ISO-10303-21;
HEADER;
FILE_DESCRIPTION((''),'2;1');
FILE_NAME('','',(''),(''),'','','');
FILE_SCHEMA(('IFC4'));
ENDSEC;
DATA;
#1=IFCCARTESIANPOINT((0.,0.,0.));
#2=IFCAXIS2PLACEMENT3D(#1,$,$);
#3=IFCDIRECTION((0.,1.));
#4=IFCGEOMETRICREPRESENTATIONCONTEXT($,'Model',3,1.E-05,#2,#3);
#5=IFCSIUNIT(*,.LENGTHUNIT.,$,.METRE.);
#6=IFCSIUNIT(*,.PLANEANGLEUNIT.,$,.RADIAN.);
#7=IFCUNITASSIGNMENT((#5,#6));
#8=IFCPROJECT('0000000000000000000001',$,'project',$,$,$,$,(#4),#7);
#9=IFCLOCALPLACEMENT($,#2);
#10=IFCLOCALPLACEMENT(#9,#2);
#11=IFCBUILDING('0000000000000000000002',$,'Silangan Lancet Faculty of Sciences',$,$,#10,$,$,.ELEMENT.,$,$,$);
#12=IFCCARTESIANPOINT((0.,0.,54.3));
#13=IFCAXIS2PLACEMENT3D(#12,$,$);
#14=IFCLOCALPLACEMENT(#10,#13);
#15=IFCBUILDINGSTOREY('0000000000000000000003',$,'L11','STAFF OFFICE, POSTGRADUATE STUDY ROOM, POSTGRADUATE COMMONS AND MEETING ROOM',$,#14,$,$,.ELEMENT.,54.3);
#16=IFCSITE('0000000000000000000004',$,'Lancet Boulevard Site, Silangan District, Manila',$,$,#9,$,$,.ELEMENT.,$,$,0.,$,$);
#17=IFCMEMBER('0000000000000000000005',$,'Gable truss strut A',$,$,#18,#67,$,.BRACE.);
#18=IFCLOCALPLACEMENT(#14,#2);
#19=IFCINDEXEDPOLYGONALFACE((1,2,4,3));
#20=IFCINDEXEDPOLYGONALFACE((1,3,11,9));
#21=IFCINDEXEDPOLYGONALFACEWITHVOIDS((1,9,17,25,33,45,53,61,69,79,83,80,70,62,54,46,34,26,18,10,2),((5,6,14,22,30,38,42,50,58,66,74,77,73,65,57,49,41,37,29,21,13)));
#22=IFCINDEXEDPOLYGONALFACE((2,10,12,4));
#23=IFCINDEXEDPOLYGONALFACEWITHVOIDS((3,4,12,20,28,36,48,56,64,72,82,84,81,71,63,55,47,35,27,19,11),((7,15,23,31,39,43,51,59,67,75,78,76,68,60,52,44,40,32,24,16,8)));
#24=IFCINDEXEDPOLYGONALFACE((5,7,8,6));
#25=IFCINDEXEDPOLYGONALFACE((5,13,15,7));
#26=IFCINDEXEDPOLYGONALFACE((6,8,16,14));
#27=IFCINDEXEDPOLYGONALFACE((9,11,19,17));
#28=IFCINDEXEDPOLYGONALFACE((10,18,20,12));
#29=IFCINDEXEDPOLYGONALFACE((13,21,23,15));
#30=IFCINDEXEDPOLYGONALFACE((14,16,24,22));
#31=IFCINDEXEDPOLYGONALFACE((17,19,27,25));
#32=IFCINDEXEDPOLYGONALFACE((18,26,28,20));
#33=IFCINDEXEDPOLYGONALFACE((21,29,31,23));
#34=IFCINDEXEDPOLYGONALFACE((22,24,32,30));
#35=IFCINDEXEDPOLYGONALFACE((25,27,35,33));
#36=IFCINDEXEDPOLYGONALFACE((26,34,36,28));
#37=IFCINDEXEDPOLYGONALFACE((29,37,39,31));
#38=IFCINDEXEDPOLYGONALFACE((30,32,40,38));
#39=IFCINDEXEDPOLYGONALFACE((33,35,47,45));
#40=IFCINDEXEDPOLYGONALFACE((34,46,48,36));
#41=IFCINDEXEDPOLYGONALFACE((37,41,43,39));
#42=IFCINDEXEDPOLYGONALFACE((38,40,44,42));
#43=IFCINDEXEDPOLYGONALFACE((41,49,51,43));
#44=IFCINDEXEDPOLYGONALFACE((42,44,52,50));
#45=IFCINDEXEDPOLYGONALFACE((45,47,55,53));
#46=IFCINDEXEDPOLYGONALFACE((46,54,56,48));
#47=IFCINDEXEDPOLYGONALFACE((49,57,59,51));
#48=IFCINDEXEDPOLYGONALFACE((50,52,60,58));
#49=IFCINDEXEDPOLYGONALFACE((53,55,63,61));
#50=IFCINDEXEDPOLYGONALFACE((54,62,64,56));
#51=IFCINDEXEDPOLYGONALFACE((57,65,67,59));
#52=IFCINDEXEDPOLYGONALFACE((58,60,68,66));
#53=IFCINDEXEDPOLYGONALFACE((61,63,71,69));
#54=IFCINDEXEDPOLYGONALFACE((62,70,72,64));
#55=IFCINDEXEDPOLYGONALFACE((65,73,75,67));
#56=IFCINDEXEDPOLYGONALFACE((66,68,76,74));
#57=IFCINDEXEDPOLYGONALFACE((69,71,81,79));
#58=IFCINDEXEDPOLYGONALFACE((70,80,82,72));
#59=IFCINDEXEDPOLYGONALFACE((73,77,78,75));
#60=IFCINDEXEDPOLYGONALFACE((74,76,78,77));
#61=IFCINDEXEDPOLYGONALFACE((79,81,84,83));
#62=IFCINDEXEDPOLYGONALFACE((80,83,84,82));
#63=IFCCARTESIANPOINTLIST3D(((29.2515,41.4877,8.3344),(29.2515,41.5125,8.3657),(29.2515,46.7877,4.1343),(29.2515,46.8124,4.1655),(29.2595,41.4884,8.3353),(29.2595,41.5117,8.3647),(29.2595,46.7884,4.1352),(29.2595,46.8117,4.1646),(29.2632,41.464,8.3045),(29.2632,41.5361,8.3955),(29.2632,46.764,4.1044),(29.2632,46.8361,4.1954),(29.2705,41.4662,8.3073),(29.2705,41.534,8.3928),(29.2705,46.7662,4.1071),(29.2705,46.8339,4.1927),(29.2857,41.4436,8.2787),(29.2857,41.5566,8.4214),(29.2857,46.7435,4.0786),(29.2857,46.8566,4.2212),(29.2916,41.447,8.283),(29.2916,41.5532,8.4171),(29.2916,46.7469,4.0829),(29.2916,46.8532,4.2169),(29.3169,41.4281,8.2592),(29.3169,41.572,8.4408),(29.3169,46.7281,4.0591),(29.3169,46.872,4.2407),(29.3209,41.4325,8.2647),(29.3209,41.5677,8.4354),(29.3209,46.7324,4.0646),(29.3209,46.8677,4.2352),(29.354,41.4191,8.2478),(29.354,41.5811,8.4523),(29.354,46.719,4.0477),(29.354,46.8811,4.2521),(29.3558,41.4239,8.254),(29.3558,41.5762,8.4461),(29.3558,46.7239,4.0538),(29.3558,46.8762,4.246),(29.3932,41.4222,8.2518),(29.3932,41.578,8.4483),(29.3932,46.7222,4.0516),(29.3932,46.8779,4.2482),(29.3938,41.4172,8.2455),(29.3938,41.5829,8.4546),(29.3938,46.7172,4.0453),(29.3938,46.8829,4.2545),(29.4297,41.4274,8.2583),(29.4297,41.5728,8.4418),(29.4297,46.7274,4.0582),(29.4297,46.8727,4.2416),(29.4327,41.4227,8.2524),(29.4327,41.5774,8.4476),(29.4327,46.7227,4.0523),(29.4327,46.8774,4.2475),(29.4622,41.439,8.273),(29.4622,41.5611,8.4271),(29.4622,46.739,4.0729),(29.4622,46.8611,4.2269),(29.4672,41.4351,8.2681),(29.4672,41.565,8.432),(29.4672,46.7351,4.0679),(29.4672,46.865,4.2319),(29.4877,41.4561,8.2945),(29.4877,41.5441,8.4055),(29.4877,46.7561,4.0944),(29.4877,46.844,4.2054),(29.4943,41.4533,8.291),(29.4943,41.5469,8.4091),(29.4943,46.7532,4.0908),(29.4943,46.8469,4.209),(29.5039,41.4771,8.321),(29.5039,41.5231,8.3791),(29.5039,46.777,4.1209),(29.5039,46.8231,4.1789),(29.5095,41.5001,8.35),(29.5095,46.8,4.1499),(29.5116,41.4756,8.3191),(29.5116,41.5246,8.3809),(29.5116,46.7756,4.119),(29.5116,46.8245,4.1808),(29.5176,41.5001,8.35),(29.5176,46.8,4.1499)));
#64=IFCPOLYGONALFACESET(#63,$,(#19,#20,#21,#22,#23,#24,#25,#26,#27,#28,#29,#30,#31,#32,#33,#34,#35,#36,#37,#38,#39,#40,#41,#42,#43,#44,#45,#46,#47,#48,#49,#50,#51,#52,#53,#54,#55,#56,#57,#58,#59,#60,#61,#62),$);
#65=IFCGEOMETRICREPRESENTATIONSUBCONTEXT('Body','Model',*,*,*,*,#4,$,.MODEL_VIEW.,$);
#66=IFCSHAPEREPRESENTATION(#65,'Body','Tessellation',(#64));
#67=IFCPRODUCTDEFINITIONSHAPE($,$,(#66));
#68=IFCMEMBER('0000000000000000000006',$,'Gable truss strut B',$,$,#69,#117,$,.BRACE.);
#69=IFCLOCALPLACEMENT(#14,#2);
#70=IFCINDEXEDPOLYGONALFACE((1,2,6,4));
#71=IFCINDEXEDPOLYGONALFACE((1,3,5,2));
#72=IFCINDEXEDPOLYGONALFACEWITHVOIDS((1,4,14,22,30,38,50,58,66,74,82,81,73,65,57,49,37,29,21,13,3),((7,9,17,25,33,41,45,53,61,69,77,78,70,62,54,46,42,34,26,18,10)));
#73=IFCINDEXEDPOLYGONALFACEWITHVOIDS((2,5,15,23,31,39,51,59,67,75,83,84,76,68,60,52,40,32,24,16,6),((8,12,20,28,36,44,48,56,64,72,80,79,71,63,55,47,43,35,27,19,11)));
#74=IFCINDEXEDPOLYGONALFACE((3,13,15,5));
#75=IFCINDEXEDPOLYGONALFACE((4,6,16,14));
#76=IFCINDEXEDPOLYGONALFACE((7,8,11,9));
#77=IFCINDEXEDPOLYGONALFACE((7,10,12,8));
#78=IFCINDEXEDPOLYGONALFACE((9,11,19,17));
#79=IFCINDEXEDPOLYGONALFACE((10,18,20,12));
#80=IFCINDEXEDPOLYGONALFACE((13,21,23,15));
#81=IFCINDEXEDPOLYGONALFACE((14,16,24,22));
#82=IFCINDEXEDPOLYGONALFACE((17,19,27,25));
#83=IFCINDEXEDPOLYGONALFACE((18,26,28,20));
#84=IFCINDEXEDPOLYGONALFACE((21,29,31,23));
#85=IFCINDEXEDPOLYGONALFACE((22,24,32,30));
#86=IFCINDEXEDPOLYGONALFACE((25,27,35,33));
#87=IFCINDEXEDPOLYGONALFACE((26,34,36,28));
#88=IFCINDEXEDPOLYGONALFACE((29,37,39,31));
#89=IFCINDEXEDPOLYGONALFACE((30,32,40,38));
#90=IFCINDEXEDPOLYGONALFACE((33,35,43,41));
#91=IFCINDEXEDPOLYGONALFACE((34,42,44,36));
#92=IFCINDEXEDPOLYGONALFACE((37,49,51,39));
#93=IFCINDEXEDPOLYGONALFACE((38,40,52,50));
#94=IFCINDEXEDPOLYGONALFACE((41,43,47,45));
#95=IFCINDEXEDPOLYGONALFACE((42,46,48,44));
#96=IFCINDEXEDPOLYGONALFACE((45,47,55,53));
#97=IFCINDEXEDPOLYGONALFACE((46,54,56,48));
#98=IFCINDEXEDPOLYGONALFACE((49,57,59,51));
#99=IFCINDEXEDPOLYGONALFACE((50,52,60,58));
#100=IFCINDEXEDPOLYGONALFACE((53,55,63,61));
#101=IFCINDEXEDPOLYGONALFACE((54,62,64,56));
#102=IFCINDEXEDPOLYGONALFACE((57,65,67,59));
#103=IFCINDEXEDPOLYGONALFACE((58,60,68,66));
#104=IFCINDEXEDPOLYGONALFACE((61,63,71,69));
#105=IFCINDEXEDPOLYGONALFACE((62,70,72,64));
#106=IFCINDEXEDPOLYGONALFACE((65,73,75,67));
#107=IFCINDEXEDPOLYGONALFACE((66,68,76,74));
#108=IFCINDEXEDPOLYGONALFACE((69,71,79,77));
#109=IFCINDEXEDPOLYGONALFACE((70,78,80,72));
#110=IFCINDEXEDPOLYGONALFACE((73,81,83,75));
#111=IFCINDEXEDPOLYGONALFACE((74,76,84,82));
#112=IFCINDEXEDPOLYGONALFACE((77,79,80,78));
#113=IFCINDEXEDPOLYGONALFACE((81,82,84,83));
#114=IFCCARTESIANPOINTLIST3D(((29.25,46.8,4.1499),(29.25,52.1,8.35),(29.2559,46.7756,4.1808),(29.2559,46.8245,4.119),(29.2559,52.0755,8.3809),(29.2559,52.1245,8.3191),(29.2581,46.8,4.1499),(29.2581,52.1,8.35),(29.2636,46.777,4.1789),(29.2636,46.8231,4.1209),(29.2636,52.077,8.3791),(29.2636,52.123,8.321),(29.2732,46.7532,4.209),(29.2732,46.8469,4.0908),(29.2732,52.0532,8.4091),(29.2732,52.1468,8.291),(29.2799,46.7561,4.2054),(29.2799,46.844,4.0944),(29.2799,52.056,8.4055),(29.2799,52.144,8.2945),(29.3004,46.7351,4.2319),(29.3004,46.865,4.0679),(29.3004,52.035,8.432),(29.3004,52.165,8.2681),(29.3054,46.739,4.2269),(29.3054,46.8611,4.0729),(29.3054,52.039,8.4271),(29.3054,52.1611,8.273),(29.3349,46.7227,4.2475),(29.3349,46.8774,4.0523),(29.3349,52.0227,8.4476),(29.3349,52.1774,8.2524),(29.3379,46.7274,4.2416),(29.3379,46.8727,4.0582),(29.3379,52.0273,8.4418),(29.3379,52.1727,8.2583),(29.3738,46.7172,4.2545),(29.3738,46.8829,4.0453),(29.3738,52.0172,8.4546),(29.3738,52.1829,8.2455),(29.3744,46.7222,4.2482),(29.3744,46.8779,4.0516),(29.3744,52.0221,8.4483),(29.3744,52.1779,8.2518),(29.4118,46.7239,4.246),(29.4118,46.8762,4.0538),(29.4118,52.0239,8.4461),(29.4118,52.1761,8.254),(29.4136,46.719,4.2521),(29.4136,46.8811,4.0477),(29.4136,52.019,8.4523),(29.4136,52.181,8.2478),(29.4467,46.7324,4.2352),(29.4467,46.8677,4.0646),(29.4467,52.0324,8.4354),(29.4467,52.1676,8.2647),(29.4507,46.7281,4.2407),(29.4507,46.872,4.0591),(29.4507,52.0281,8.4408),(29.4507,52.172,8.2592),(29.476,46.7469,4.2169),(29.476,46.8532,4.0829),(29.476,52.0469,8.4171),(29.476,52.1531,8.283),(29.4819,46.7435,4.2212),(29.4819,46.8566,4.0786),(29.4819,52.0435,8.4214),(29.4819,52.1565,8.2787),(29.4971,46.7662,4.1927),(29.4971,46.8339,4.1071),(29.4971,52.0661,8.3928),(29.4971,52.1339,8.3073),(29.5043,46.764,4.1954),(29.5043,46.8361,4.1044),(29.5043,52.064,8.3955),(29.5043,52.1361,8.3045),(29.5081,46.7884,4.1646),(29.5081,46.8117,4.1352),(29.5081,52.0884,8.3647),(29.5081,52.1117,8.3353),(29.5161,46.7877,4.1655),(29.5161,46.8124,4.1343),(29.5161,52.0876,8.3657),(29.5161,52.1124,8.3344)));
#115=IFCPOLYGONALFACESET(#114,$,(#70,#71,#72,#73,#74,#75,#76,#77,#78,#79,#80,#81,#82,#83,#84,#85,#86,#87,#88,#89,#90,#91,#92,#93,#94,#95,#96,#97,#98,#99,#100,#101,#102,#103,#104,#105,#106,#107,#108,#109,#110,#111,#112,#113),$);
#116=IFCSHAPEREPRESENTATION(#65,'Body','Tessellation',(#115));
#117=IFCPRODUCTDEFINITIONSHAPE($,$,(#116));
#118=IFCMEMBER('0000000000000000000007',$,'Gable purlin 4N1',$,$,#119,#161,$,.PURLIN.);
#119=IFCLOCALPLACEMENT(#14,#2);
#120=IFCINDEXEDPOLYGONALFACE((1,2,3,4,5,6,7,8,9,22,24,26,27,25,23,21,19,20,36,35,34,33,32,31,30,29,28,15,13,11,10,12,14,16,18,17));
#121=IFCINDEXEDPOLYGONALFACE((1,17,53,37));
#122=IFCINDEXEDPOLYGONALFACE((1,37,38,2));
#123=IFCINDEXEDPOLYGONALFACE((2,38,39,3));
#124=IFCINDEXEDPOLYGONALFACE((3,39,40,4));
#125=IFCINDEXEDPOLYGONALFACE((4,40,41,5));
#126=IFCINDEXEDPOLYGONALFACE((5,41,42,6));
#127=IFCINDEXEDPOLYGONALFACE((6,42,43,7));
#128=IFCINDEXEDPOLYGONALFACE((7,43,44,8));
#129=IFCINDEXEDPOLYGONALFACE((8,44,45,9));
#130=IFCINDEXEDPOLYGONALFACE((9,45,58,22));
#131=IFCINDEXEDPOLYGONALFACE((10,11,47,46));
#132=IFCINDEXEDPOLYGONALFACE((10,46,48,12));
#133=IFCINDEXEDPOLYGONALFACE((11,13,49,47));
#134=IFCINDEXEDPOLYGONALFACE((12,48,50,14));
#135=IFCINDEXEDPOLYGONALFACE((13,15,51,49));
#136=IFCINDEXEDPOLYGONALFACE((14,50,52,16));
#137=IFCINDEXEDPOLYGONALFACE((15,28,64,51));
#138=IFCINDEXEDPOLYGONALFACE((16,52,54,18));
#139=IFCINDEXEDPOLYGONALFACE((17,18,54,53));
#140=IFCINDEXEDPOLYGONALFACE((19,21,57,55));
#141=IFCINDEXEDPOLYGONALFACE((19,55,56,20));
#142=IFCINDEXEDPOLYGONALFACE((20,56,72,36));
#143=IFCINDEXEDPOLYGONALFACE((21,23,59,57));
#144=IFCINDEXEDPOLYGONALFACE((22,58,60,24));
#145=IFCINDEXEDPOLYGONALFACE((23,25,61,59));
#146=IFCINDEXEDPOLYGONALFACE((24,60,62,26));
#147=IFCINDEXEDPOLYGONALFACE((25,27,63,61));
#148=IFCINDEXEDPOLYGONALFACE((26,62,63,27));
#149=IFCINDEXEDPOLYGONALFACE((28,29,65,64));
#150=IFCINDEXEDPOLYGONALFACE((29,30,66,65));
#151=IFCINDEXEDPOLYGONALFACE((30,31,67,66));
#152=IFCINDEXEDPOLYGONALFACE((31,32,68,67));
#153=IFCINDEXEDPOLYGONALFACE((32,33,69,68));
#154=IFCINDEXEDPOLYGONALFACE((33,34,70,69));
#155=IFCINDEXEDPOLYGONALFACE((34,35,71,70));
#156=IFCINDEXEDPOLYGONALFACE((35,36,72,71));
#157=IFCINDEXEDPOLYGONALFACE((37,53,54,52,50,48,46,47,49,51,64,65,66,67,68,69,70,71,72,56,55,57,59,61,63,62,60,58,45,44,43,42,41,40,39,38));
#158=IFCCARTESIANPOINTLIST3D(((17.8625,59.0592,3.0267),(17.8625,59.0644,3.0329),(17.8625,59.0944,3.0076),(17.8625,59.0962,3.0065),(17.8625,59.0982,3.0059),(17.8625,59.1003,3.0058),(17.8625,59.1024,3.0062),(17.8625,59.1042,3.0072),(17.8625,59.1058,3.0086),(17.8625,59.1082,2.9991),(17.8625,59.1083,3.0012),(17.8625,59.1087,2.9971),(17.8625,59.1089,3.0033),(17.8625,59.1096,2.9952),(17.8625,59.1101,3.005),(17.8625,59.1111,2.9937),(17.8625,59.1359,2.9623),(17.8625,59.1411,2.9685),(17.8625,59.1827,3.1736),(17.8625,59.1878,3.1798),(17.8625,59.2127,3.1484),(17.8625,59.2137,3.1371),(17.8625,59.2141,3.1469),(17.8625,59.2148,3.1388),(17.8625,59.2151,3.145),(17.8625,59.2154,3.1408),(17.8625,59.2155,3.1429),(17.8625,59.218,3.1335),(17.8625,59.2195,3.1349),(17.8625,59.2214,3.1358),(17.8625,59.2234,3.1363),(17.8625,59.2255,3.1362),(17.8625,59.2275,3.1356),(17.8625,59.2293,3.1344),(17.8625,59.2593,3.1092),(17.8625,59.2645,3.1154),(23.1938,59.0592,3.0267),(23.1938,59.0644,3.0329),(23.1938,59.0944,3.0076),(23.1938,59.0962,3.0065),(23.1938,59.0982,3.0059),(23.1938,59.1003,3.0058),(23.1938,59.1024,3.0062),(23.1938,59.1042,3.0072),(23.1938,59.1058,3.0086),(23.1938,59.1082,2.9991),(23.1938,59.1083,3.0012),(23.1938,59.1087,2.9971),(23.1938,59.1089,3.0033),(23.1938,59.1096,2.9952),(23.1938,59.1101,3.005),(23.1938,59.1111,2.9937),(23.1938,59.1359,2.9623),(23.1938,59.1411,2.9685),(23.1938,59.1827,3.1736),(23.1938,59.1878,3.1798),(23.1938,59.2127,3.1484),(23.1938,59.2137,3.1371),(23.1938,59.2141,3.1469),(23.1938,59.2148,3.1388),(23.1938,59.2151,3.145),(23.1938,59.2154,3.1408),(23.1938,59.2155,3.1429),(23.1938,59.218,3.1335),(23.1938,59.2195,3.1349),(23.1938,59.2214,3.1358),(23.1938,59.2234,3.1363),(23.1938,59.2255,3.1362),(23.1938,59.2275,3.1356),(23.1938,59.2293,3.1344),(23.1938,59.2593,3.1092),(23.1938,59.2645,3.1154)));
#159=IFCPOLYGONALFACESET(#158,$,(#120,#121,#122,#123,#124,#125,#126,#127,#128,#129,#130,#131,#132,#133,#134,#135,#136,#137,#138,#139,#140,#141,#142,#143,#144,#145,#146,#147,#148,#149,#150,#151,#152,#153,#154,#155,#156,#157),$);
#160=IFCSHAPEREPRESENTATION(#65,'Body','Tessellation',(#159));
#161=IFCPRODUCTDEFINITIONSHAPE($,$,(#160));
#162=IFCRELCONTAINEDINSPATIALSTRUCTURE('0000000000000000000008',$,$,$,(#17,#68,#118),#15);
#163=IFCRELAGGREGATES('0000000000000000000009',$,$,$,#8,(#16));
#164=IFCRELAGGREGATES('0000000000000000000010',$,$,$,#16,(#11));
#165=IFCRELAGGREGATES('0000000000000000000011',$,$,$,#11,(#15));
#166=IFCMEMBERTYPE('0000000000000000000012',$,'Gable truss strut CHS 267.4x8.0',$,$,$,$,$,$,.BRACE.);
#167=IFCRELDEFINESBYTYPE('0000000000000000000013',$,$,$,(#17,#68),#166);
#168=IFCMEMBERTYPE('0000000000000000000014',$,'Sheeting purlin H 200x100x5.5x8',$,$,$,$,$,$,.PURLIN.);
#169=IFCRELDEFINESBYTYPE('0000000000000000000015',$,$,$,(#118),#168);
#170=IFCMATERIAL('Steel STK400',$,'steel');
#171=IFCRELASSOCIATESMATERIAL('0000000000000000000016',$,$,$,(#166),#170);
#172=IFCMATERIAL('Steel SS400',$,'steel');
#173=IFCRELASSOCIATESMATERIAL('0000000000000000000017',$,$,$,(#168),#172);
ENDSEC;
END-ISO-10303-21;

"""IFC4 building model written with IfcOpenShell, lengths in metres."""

from ifc_helpers import new_model, si_unit, direction, frame, origin, origin_2d, place, context, subcontext, project, spatial, hollow_circle, i_section, extrude, material, material_profile, profile_set, type_object, element, save


model = new_model("IFC4")

# Units and contexts
model_context = context("Model", 3, precision=1e-05, world=origin(), true_north=direction((0.0, 1.0)))
body_context = subcontext(model_context, "Body", "Model", "MODEL_VIEW")
ifc_project = project(units=[si_unit("LENGTHUNIT", "METRE"), si_unit("PLANEANGLEUNIT", "RADIAN")], contexts=[model_context])

# Site, building, storey
site_placement = place(None, origin())
site = spatial("IfcSite", under=ifc_project, at=site_placement, Name="Lancet Boulevard Site, Silangan District, Manila", CompositionType="ELEMENT", RefElevation=0.0)
building_placement = place(site_placement, origin())
building = spatial("IfcBuilding", under=site, at=building_placement, Name="Silangan Lancet Faculty of Sciences", CompositionType="ELEMENT")
storey_placement = place(building_placement, frame((0.0, 0.0, 54.3)))
storey = spatial("IfcBuildingStorey", under=building, at=storey_placement, Name="L11", Description="STAFF OFFICE, POSTGRADUATE STUDY ROOM, POSTGRADUATE COMMONS AND MEETING ROOM", CompositionType="ELEMENT", Elevation=54.3)

# Members
ifc_material_1 = material(Name="Steel STK400", Category="steel")
ifc_material_profile_1 = material_profile(ifc_material_1, hollow_circle(Radius=0.1338, WallThickness=0.0081, at=origin_2d()), Name="CHS 267.4x8.0")
ifc_profile_set_1 = profile_set([ifc_material_profile_1], Name="Steel STK400")
member_type_1 = type_object("IfcMemberType", Name="Gable truss strut CHS 267.4x8.0", PredefinedType="BRACE", material=ifc_profile_set_1)
for number, where, z_axis, x_axis, name in (
    (1, (29.3838, 46.8, 4.1499), (0.0, -0.783735, 0.621096), (1.0, 0.0, 0.0), "Gable truss strut A"),
    (2, (29.3838, 46.8, 4.1499), (0.0, 0.783735, 0.621096), (-1.0, 0.0, 0.0), "Gable truss strut B"),
):
    element("IfcMember", number, at=place(storey_placement, frame(where, z_axis=z_axis, x_axis=x_axis)), inside=storey, type_object=member_type_1, Name=name, PredefinedType="BRACE", context=body_context, shape_type="SweptSolid", body=[
        extrude(hollow_circle(Radius=0.1338, WallThickness=0.0081, at=origin_2d()), origin(), (0.0, 0.0, 1.0), 6.7625),
    ])
ifc_material_2 = material(Name="Steel SS400", Category="steel")
ifc_material_profile_2 = material_profile(ifc_material_2, i_section(OverallWidth=0.1001, OverallDepth=0.2, WebThickness=0.0056, FlangeThickness=0.0081, FilletRadius=0.0081, at=origin_2d()), Name="H 200x100x5.5x8")
ifc_profile_set_2 = profile_set([ifc_material_profile_2], Name="Steel SS400")
member_type_2 = type_object("IfcMemberType", Name="Sheeting purlin H 200x100x5.5x8", PredefinedType="PURLIN", material=ifc_profile_set_2)
member_1_placement = place(storey_placement, frame((17.8625, 59.1619, 3.071), z_axis=(1.0, 0.0, 0.0), x_axis=(0.0, 0.765705, -0.643192)))
element("IfcMember", 3, at=member_1_placement, inside=storey, type_object=member_type_2, Name="Gable purlin 4N1", PredefinedType="PURLIN", context=body_context, shape_type="SweptSolid", body=[
    extrude(i_section(OverallWidth=0.1001, OverallDepth=0.2, WebThickness=0.0056, FlangeThickness=0.0081, FilletRadius=0.0081, at=origin_2d()), origin(), (0.0, 0.0, 1.0), 5.3313),
])

save(model, "model.ifc")
